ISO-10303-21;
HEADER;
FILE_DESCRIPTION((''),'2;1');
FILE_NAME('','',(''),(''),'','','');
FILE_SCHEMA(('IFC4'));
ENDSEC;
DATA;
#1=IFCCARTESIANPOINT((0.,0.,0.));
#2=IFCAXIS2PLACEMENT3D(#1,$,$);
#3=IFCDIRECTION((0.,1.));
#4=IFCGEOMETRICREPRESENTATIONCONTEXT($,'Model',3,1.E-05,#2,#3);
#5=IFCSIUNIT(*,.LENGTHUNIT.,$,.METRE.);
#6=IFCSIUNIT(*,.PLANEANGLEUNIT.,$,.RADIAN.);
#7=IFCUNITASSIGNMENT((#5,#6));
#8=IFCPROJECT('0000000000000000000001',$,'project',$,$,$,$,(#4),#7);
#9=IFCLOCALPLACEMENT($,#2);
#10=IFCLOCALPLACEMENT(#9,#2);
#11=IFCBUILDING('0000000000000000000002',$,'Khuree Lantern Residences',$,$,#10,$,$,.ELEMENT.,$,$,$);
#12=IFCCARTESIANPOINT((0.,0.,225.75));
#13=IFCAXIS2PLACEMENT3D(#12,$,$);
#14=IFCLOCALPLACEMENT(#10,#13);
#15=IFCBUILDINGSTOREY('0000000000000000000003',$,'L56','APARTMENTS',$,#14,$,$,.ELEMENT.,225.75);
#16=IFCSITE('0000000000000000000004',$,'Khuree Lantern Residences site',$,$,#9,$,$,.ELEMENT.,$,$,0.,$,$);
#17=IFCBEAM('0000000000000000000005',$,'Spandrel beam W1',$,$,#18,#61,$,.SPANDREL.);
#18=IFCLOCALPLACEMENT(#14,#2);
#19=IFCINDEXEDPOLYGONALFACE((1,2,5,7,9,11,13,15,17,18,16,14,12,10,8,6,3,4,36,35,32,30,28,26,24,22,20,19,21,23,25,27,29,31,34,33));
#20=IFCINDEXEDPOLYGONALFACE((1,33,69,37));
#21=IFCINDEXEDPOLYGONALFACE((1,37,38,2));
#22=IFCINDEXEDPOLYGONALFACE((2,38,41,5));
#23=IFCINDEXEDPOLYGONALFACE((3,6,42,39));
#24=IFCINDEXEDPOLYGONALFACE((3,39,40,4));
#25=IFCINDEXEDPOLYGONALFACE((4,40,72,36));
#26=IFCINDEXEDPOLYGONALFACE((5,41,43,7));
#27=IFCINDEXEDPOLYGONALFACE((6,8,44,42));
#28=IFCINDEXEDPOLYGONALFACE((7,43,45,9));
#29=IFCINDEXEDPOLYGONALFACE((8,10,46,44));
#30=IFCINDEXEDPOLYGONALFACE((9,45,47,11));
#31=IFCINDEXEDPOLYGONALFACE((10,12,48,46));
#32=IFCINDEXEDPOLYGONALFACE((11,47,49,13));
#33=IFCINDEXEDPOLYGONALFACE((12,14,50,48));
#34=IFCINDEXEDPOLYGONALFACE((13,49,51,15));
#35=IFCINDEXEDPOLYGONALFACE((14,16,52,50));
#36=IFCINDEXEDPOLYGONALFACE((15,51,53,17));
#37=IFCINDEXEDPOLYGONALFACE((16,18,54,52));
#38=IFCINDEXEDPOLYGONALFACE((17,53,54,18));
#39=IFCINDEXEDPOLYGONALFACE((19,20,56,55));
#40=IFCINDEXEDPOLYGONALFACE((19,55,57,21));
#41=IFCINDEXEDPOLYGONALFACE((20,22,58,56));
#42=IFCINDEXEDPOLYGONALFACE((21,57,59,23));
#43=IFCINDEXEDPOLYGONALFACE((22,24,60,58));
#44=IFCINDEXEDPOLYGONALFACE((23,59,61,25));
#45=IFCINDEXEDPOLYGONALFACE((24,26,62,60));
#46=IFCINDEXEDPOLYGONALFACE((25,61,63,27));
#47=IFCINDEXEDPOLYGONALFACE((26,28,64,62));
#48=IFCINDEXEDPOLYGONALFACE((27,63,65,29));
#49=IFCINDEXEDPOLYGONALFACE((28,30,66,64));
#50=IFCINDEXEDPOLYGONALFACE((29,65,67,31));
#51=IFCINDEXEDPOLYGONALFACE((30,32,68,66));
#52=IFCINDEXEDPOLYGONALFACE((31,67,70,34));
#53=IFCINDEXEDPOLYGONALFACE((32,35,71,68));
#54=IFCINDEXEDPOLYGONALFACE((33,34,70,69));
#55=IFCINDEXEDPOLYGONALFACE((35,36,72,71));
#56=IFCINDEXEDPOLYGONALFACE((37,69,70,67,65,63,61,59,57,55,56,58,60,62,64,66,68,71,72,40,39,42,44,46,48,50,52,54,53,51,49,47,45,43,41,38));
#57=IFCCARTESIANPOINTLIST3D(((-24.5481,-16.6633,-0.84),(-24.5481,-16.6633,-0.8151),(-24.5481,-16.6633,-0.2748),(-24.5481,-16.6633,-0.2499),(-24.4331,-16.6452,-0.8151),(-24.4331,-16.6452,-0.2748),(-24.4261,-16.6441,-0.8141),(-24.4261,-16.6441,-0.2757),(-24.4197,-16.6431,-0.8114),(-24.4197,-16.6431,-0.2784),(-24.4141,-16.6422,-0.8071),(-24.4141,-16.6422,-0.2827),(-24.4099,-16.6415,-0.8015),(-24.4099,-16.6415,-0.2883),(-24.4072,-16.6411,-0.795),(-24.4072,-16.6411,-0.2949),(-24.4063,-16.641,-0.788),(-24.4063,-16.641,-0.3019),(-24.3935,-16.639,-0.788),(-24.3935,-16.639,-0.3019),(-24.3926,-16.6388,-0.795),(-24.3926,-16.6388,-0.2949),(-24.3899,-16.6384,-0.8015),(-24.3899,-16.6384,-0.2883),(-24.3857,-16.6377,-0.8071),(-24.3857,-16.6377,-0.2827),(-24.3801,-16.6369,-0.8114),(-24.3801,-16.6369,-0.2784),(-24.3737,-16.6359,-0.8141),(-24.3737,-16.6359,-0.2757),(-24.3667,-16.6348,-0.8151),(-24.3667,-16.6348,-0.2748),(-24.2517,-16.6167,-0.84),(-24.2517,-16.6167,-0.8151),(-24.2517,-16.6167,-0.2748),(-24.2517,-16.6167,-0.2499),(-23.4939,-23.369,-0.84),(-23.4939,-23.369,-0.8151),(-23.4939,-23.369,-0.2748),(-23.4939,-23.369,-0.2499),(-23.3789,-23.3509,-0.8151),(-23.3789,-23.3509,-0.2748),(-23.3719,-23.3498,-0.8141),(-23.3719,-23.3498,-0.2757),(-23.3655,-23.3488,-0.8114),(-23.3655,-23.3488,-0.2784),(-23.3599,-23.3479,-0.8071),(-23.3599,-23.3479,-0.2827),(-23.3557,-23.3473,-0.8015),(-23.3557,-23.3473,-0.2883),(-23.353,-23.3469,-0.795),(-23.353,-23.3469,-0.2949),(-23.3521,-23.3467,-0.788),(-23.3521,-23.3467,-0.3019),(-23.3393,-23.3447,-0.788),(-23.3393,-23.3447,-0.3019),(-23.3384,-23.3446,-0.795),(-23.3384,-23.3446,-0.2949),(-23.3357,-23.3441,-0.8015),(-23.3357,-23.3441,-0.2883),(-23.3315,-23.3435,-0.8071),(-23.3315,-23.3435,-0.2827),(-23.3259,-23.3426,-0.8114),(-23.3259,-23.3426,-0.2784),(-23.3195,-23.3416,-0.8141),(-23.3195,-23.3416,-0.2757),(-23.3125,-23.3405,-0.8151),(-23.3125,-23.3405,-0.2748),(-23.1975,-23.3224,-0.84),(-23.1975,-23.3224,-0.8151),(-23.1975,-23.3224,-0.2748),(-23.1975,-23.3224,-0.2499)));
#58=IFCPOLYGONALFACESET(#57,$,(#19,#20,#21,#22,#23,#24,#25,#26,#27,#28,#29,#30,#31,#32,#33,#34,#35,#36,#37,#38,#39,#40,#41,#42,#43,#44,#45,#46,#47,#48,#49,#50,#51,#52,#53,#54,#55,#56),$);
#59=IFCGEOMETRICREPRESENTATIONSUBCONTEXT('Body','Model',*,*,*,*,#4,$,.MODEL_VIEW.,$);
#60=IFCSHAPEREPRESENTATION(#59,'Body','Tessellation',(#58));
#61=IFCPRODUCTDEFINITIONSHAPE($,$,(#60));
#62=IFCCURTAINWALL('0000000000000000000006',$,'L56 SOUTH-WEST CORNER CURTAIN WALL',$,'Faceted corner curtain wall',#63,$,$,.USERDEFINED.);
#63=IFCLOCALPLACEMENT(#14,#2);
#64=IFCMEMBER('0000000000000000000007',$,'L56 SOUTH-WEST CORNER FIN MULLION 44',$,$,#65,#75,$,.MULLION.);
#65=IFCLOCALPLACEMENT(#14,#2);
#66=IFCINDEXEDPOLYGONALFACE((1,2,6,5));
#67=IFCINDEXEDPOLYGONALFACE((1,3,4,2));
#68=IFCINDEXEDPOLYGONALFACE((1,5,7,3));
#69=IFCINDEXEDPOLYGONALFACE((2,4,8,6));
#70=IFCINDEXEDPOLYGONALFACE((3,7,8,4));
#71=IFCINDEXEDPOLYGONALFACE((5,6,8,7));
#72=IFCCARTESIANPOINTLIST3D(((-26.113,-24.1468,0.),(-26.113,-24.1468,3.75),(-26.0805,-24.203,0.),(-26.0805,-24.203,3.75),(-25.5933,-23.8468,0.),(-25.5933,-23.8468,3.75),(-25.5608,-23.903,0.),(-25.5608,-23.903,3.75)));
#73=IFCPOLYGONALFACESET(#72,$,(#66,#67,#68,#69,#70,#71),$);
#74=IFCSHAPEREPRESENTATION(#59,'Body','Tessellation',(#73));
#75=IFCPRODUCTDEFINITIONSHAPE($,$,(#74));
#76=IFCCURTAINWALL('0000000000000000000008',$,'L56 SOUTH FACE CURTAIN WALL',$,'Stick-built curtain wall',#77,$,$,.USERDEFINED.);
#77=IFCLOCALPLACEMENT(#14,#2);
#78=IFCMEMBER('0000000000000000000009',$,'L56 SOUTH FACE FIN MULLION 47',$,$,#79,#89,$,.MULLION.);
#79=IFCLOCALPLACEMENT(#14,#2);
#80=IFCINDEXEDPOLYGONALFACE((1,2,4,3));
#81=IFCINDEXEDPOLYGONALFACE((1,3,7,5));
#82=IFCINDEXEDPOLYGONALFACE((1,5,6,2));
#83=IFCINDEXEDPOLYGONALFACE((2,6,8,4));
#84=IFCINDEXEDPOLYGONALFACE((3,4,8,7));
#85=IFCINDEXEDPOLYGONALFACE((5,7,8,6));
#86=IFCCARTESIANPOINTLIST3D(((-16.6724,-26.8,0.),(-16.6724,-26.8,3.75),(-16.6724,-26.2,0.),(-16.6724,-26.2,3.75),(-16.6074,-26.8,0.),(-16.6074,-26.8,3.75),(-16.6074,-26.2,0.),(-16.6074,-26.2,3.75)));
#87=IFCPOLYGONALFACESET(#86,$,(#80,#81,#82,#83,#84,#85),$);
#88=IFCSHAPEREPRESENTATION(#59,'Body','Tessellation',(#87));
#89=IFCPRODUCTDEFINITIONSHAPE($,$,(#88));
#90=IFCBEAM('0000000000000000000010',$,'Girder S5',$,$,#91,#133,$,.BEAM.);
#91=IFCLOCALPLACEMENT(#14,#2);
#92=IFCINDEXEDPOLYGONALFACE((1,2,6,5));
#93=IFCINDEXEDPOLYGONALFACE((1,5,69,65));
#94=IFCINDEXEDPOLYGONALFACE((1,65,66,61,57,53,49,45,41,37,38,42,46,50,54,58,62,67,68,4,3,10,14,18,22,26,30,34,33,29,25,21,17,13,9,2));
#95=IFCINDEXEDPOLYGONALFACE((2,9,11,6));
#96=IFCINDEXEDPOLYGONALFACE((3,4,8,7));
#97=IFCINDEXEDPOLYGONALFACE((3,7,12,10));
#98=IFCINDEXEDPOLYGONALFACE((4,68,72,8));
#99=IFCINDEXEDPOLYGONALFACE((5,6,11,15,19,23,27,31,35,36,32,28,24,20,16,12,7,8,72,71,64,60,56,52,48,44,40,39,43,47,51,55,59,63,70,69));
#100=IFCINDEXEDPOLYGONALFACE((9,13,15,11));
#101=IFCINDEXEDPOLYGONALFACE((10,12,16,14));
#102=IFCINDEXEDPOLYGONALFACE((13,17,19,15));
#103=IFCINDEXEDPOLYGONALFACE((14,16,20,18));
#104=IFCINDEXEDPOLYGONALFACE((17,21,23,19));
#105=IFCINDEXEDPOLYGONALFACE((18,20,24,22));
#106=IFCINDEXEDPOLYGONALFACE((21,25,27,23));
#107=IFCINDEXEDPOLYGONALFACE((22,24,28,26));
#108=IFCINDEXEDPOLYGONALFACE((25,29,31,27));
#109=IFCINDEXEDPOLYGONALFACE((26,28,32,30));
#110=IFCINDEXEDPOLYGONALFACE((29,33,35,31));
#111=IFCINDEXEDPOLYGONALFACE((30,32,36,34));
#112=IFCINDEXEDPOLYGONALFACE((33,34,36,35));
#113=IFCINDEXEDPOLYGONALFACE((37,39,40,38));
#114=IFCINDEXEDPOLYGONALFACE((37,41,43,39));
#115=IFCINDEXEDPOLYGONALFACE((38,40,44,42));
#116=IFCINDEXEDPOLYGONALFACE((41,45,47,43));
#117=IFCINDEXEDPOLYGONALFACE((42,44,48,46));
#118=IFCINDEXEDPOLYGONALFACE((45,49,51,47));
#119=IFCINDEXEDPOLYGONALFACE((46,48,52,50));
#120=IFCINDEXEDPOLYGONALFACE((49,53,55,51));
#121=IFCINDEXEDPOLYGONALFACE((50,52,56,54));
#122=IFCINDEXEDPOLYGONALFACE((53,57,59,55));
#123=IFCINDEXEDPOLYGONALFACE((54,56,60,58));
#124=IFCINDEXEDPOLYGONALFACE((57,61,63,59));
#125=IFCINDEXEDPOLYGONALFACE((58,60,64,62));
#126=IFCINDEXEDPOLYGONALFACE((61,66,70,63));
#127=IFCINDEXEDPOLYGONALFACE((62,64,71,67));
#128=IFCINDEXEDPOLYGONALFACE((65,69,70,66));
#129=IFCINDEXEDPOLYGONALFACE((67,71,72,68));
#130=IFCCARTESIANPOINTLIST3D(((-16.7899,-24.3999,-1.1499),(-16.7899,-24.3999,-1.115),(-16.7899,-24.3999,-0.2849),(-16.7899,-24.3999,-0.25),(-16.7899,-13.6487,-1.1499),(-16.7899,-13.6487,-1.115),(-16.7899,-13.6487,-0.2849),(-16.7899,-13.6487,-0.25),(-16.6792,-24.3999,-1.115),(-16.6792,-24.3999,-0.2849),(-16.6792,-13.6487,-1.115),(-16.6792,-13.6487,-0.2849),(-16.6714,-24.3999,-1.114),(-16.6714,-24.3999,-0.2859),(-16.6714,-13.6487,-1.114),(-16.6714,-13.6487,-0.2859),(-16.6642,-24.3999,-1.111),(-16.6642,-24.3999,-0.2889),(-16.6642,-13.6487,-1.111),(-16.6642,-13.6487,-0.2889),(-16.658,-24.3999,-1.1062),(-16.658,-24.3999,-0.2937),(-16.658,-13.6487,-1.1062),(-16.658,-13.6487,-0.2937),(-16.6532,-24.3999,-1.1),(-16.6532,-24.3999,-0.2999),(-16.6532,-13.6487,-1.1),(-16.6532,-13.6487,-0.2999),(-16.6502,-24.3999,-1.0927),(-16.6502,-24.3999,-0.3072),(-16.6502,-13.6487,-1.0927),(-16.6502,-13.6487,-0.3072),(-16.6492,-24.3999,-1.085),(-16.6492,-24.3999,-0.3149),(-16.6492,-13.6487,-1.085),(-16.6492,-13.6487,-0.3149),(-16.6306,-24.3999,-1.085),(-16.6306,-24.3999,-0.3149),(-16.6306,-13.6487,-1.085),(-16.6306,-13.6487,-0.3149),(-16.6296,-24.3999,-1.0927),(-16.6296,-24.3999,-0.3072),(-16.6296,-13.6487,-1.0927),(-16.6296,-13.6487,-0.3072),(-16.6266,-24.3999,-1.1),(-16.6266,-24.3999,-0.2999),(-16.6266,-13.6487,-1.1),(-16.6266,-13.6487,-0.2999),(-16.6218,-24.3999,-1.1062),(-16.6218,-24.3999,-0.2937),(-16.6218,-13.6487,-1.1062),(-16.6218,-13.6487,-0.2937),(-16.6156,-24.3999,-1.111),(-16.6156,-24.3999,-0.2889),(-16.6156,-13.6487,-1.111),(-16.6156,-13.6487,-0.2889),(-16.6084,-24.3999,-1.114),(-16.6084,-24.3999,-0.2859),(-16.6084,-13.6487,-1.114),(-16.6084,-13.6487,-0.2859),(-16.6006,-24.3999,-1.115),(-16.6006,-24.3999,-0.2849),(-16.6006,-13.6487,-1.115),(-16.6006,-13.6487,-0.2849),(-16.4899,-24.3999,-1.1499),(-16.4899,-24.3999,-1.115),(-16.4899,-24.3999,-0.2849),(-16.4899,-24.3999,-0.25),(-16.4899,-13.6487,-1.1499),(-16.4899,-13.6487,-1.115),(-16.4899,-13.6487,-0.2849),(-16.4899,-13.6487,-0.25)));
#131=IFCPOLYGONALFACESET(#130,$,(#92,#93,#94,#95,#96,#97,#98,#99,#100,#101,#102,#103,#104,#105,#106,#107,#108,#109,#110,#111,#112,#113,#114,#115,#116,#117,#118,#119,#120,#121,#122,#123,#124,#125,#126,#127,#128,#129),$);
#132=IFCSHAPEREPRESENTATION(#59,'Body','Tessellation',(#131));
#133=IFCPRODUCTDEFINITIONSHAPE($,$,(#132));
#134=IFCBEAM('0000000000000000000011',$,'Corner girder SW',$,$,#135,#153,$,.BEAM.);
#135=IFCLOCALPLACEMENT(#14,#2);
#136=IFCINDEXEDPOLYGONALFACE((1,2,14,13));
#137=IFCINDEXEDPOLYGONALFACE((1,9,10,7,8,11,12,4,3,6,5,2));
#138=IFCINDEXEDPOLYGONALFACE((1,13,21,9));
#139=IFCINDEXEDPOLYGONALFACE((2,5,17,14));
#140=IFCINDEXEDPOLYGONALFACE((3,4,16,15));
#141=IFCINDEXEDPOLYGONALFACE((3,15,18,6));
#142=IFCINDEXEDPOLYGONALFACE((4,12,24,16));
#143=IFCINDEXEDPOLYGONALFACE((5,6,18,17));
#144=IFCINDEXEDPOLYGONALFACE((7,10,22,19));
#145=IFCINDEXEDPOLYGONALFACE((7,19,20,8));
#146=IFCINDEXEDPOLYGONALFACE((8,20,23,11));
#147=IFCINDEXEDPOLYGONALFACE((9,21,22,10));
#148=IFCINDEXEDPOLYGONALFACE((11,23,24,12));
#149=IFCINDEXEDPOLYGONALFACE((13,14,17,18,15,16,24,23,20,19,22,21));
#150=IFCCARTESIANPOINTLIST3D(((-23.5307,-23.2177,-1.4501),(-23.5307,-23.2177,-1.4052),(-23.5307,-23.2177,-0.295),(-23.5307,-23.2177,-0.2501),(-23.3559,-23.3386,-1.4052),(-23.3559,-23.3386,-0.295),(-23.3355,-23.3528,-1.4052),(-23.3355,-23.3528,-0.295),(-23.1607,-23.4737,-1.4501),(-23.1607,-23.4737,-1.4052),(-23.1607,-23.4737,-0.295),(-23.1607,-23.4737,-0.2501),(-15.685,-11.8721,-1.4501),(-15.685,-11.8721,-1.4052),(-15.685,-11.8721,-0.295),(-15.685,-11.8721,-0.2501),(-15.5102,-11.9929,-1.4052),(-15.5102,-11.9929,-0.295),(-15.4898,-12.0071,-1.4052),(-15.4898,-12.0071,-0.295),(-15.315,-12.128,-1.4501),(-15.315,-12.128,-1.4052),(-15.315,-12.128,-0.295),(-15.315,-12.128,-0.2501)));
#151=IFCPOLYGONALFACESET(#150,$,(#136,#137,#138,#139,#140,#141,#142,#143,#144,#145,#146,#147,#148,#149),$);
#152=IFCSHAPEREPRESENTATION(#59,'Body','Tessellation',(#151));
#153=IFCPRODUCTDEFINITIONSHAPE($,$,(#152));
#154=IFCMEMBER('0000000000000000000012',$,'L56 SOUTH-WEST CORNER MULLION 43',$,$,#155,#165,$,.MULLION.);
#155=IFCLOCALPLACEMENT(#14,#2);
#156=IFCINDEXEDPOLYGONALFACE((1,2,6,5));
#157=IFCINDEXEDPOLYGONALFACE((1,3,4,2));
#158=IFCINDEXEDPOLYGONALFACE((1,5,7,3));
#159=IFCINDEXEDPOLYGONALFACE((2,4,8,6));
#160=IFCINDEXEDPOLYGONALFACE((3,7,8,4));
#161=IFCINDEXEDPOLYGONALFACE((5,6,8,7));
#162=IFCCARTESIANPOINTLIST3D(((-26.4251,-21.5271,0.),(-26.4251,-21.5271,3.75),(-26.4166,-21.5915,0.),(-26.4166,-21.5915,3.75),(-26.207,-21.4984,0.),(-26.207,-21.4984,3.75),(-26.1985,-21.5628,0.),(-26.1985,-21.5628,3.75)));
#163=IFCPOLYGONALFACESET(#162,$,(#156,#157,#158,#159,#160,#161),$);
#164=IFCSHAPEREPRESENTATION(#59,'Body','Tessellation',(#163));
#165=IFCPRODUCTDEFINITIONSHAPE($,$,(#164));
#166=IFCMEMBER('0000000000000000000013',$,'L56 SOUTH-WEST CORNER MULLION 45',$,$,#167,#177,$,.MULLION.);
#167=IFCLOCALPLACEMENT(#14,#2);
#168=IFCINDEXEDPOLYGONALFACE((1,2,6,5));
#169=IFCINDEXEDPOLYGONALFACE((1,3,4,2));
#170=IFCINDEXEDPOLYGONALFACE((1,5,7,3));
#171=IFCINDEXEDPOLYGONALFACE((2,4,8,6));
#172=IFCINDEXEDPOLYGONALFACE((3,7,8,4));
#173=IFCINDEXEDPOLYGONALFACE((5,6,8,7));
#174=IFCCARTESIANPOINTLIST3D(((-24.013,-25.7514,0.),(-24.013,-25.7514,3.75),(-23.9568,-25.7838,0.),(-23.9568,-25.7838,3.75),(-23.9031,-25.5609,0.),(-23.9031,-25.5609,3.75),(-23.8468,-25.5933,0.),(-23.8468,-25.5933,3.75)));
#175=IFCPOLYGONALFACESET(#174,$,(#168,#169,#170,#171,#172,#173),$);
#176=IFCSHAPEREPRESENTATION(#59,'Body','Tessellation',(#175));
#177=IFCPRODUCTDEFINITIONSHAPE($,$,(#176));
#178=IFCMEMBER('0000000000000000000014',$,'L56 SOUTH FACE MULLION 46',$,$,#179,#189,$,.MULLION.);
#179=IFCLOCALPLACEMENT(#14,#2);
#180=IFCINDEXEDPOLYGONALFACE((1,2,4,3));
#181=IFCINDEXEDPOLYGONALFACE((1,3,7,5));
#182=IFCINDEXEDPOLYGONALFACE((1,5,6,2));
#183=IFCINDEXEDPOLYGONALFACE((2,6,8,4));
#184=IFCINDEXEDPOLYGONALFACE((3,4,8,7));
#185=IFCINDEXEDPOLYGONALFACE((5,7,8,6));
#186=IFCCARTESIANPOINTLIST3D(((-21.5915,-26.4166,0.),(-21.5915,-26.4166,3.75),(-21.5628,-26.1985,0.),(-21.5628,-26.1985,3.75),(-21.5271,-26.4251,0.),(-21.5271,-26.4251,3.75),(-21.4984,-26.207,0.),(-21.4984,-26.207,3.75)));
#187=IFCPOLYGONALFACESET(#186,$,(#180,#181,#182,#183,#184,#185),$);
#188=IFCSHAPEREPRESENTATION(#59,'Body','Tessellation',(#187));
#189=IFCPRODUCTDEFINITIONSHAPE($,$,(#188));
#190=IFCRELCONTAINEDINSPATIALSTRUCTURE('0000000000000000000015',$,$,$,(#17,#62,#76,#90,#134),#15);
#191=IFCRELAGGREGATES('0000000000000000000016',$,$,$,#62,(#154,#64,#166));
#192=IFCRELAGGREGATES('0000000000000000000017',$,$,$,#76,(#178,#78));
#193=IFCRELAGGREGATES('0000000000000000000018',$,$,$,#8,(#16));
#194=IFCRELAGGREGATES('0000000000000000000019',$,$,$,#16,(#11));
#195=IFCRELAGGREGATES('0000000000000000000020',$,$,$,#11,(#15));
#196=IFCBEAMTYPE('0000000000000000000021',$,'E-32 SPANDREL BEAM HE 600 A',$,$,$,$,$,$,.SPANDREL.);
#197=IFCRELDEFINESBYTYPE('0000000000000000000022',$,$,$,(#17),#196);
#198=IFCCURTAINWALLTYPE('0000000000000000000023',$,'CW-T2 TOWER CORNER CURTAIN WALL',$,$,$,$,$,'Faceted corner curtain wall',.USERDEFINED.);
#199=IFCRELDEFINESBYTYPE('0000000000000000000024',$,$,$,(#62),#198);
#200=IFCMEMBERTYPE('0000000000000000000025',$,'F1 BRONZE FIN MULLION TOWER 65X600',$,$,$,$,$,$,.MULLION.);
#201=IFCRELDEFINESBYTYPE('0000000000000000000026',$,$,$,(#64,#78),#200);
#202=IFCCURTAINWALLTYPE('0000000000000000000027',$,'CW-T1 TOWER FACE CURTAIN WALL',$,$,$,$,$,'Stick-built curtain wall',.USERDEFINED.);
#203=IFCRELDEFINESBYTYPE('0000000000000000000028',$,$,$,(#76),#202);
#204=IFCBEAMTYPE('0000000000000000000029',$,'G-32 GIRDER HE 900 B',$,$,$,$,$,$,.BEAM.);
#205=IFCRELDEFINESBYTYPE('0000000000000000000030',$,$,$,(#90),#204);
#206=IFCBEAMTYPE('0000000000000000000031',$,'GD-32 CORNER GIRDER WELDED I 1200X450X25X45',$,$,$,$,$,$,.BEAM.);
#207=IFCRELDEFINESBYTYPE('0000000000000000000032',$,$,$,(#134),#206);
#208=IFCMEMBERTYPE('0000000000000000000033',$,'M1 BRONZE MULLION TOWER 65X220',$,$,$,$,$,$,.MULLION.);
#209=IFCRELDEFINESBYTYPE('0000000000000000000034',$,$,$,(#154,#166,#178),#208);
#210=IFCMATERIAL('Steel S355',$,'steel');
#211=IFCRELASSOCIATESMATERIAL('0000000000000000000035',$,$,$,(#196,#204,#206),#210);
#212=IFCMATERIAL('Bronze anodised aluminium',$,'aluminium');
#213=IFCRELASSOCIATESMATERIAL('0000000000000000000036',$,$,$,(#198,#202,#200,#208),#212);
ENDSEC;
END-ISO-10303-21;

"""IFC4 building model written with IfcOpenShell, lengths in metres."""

from ifc_helpers import new_model, si_unit, direction, frame, origin, origin_2d, place, context, subcontext, project, spatial, rectangle, i_section, extrude, material, material_profile, profile_set, type_object, element, aggregate, save


model = new_model("IFC4")

# Units and contexts
model_context = context("Model", 3, precision=1e-05, world=origin(), true_north=direction((0.0, 1.0)))
body_context = subcontext(model_context, "Body", "Model", "MODEL_VIEW")
ifc_project = project(units=[si_unit("LENGTHUNIT", "METRE"), si_unit("PLANEANGLEUNIT", "RADIAN")], contexts=[model_context])

# Site, building, storey
site_placement = place(None, origin())
site = spatial("IfcSite", under=ifc_project, at=site_placement, Name="Khuree Lantern Residences site", CompositionType="ELEMENT", RefElevation=0.0)
building_placement = place(site_placement, origin())
building = spatial("IfcBuilding", under=site, at=building_placement, Name="Khuree Lantern Residences", CompositionType="ELEMENT")
storey_placement = place(building_placement, frame((0.0, 0.0, 225.75)))
storey = spatial("IfcBuildingStorey", under=building, at=storey_placement, Name="L56", Description="APARTMENTS", CompositionType="ELEMENT", Elevation=225.75)

# Beam
ifc_material_1 = material(Name="Steel S355", Category="steel")
ifc_material_profile_1 = material_profile(ifc_material_1, i_section(OverallWidth=0.3, OverallDepth=0.5901, WebThickness=0.0129, FlangeThickness=0.0249, FilletRadius=0.0271, at=origin_2d()), Name="HE 600 A")
ifc_profile_set_1 = profile_set([ifc_material_profile_1], Name="Steel S355")
beam_type_1 = type_object("IfcBeamType", Name="E-32 SPANDREL BEAM HE 600 A", PredefinedType="SPANDREL", material=ifc_profile_set_1)
for number, where, z_axis, x_axis, name in (
    (1, (-23.3457, -23.3457, -0.5449), (-0.1553, 0.987867, 0.0), (-0.987867, -0.1553, 0.0), "Spandrel beam W1"),
):
    element("IfcBeam", number, at=place(storey_placement, frame(where, z_axis=z_axis, x_axis=x_axis)), inside=storey, type_object=beam_type_1, Name=name, PredefinedType="SPANDREL", context=body_context, shape_type="SweptSolid", body=[
        extrude(i_section(OverallWidth=0.3, OverallDepth=0.5901, WebThickness=0.0129, FlangeThickness=0.0249, FilletRadius=0.0271, at=origin_2d()), origin(), (0.0, 0.0, 1.0), 6.7881),
    ])

# Curtain walls, members
ifc_material_2 = material(Name="Bronze anodised aluminium", Category="aluminium")
curtain_wall_type_1 = type_object("IfcCurtainWallType", Name="CW-T2 TOWER CORNER CURTAIN WALL", ElementType="Faceted corner curtain wall", PredefinedType="USERDEFINED", material=ifc_material_2)
curtain_wall_1_placement = place(storey_placement, origin())
curtain_wall_1 = element("IfcCurtainWall", 2, at=curtain_wall_1_placement, inside=storey, type_object=curtain_wall_type_1, Name="L56 SOUTH-WEST CORNER CURTAIN WALL", ObjectType="Faceted corner curtain wall", PredefinedType="USERDEFINED")
ifc_material_profile_2 = material_profile(ifc_material_2, rectangle(XDim=0.0649, YDim=0.6001, at=origin_2d()), Name="F1 65X600")
ifc_profile_set_2 = profile_set([ifc_material_profile_2], Name="Bronze anodised aluminium")
member_type_1 = type_object("IfcMemberType", Name="F1 BRONZE FIN MULLION TOWER 65X600", PredefinedType="MULLION", material=ifc_profile_set_2)
member_1_placement = place(storey_placement, frame((-25.8369, -24.0249, 0.0), z_axis=(0.0, 0.0, 1.0), x_axis=(0.5, -0.866025, 0.0)))
member_1 = element("IfcMember", 3, at=member_1_placement, type_object=member_type_1, Name="L56 SOUTH-WEST CORNER FIN MULLION 44", PredefinedType="MULLION", context=body_context, shape_type="SweptSolid", body=[
    extrude(rectangle(XDim=0.0649, YDim=0.6001, at=origin_2d()), origin(), (0.0, 0.0, 1.0), 3.75),
])
curtain_wall_type_2 = type_object("IfcCurtainWallType", Name="CW-T1 TOWER FACE CURTAIN WALL", ElementType="Stick-built curtain wall", PredefinedType="USERDEFINED", material=ifc_material_2)
curtain_wall_2_placement = place(storey_placement, origin())
curtain_wall_2 = element("IfcCurtainWall", 4, at=curtain_wall_2_placement, inside=storey, type_object=curtain_wall_type_2, Name="L56 SOUTH FACE CURTAIN WALL", ObjectType="Stick-built curtain wall", PredefinedType="USERDEFINED")
member_2_placement = place(storey_placement, frame((-16.6399, -26.5, 0.0), z_axis=(0.0, 0.0, 1.0), x_axis=(1.0, 0.0, 0.0)))
member_2 = element("IfcMember", 5, at=member_2_placement, type_object=member_type_1, Name="L56 SOUTH FACE FIN MULLION 47", PredefinedType="MULLION", context=body_context, shape_type="SweptSolid", body=[
    extrude(rectangle(XDim=0.0649, YDim=0.6001, at=origin_2d()), origin(), (0.0, 0.0, 1.0), 3.75),
])

# Beams
ifc_material_profile_3 = material_profile(ifc_material_1, i_section(OverallWidth=0.3, OverallDepth=0.8999, WebThickness=0.0186, FlangeThickness=0.0349, FilletRadius=0.03, at=origin_2d()), Name="HE 900 B")
ifc_profile_set_3 = profile_set([ifc_material_profile_3], Name="Steel S355")
beam_type_2 = type_object("IfcBeamType", Name="G-32 GIRDER HE 900 B", PredefinedType="BEAM", material=ifc_profile_set_3)
beam_1_placement = place(storey_placement, frame((-16.6399, -24.3999, -0.7), z_axis=(0.0, 1.0, 0.0), x_axis=(-1.0, 0.0, 0.0)))
element("IfcBeam", 6, at=beam_1_placement, inside=storey, type_object=beam_type_2, Name="Girder S5", PredefinedType="BEAM", context=body_context, shape_type="SweptSolid", body=[
    extrude(i_section(OverallWidth=0.3, OverallDepth=0.8999, WebThickness=0.0186, FlangeThickness=0.0349, FilletRadius=0.03, at=origin_2d()), origin(), (0.0, 0.0, 1.0), 10.7512),
])
ifc_material_profile_4 = material_profile(ifc_material_1, i_section(OverallWidth=0.45, OverallDepth=1.2, WebThickness=0.0249, FlangeThickness=0.0449, at=origin_2d()), Name="WELDED I 1200X450X25X45")
ifc_profile_set_4 = profile_set([ifc_material_profile_4], Name="Steel S355")
beam_type_3 = type_object("IfcBeamType", Name="GD-32 CORNER GIRDER WELDED I 1200X450X25X45", PredefinedType="BEAM", material=ifc_profile_set_4)
beam_2_placement = place(storey_placement, frame((-23.3457, -23.3457, -0.8501), z_axis=(0.568768, 0.822498, 0.0), x_axis=(-0.822498, 0.568768, 0.0)))
element("IfcBeam", 7, at=beam_2_placement, inside=storey, type_object=beam_type_3, Name="Corner girder SW", PredefinedType="BEAM", context=body_context, shape_type="SweptSolid", body=[
    extrude(i_section(OverallWidth=0.45, OverallDepth=1.2, WebThickness=0.0249, FlangeThickness=0.0449, at=origin_2d()), origin(), (0.0, 0.0, 1.0), 13.7942),
])

# Members
ifc_material_profile_5 = material_profile(ifc_material_2, rectangle(XDim=0.0649, YDim=0.22, at=origin_2d()), Name="M1 65X220")
ifc_profile_set_5 = profile_set([ifc_material_profile_5], Name="Bronze anodised aluminium")
member_type_2 = type_object("IfcMemberType", Name="M1 BRONZE MULLION TOWER 65X220", PredefinedType="MULLION", material=ifc_profile_set_5)
member_3_placement = place(storey_placement, frame((-26.3118, -21.5449, 0.0), z_axis=(0.0, 0.0, 1.0), x_axis=(0.130526, -0.991445, 0.0)))
member_3 = element("IfcMember", 8, at=member_3_placement, type_object=member_type_2, Name="L56 SOUTH-WEST CORNER MULLION 43", PredefinedType="MULLION", context=body_context, shape_type="SweptSolid", body=[
    extrude(rectangle(XDim=0.0649, YDim=0.22, at=origin_2d()), origin(), (0.0, 0.0, 1.0), 3.75),
])
member_4_placement = place(storey_placement, frame((-23.9299, -25.6724, 0.0), z_axis=(0.0, 0.0, 1.0), x_axis=(0.866025, -0.5, 0.0)))
member_4 = element("IfcMember", 9, at=member_4_placement, type_object=member_type_2, Name="L56 SOUTH-WEST CORNER MULLION 45", PredefinedType="MULLION", context=body_context, shape_type="SweptSolid", body=[
    extrude(rectangle(XDim=0.0649, YDim=0.22, at=origin_2d()), origin(), (0.0, 0.0, 1.0), 3.75),
])
member_5_placement = place(storey_placement, frame((-21.5449, -26.3118, 0.0), z_axis=(0.0, 0.0, 1.0), x_axis=(0.991445, -0.130526, 0.0)))
member_5 = element("IfcMember", 10, at=member_5_placement, type_object=member_type_2, Name="L56 SOUTH FACE MULLION 46", PredefinedType="MULLION", context=body_context, shape_type="SweptSolid", body=[
    extrude(rectangle(XDim=0.0649, YDim=0.22, at=origin_2d()), origin(), (0.0, 0.0, 1.0), 3.75),
])

aggregate(curtain_wall_1, [member_3, member_1, member_4])
aggregate(curtain_wall_2, [member_5, member_2])

save(model, "model.ifc")
